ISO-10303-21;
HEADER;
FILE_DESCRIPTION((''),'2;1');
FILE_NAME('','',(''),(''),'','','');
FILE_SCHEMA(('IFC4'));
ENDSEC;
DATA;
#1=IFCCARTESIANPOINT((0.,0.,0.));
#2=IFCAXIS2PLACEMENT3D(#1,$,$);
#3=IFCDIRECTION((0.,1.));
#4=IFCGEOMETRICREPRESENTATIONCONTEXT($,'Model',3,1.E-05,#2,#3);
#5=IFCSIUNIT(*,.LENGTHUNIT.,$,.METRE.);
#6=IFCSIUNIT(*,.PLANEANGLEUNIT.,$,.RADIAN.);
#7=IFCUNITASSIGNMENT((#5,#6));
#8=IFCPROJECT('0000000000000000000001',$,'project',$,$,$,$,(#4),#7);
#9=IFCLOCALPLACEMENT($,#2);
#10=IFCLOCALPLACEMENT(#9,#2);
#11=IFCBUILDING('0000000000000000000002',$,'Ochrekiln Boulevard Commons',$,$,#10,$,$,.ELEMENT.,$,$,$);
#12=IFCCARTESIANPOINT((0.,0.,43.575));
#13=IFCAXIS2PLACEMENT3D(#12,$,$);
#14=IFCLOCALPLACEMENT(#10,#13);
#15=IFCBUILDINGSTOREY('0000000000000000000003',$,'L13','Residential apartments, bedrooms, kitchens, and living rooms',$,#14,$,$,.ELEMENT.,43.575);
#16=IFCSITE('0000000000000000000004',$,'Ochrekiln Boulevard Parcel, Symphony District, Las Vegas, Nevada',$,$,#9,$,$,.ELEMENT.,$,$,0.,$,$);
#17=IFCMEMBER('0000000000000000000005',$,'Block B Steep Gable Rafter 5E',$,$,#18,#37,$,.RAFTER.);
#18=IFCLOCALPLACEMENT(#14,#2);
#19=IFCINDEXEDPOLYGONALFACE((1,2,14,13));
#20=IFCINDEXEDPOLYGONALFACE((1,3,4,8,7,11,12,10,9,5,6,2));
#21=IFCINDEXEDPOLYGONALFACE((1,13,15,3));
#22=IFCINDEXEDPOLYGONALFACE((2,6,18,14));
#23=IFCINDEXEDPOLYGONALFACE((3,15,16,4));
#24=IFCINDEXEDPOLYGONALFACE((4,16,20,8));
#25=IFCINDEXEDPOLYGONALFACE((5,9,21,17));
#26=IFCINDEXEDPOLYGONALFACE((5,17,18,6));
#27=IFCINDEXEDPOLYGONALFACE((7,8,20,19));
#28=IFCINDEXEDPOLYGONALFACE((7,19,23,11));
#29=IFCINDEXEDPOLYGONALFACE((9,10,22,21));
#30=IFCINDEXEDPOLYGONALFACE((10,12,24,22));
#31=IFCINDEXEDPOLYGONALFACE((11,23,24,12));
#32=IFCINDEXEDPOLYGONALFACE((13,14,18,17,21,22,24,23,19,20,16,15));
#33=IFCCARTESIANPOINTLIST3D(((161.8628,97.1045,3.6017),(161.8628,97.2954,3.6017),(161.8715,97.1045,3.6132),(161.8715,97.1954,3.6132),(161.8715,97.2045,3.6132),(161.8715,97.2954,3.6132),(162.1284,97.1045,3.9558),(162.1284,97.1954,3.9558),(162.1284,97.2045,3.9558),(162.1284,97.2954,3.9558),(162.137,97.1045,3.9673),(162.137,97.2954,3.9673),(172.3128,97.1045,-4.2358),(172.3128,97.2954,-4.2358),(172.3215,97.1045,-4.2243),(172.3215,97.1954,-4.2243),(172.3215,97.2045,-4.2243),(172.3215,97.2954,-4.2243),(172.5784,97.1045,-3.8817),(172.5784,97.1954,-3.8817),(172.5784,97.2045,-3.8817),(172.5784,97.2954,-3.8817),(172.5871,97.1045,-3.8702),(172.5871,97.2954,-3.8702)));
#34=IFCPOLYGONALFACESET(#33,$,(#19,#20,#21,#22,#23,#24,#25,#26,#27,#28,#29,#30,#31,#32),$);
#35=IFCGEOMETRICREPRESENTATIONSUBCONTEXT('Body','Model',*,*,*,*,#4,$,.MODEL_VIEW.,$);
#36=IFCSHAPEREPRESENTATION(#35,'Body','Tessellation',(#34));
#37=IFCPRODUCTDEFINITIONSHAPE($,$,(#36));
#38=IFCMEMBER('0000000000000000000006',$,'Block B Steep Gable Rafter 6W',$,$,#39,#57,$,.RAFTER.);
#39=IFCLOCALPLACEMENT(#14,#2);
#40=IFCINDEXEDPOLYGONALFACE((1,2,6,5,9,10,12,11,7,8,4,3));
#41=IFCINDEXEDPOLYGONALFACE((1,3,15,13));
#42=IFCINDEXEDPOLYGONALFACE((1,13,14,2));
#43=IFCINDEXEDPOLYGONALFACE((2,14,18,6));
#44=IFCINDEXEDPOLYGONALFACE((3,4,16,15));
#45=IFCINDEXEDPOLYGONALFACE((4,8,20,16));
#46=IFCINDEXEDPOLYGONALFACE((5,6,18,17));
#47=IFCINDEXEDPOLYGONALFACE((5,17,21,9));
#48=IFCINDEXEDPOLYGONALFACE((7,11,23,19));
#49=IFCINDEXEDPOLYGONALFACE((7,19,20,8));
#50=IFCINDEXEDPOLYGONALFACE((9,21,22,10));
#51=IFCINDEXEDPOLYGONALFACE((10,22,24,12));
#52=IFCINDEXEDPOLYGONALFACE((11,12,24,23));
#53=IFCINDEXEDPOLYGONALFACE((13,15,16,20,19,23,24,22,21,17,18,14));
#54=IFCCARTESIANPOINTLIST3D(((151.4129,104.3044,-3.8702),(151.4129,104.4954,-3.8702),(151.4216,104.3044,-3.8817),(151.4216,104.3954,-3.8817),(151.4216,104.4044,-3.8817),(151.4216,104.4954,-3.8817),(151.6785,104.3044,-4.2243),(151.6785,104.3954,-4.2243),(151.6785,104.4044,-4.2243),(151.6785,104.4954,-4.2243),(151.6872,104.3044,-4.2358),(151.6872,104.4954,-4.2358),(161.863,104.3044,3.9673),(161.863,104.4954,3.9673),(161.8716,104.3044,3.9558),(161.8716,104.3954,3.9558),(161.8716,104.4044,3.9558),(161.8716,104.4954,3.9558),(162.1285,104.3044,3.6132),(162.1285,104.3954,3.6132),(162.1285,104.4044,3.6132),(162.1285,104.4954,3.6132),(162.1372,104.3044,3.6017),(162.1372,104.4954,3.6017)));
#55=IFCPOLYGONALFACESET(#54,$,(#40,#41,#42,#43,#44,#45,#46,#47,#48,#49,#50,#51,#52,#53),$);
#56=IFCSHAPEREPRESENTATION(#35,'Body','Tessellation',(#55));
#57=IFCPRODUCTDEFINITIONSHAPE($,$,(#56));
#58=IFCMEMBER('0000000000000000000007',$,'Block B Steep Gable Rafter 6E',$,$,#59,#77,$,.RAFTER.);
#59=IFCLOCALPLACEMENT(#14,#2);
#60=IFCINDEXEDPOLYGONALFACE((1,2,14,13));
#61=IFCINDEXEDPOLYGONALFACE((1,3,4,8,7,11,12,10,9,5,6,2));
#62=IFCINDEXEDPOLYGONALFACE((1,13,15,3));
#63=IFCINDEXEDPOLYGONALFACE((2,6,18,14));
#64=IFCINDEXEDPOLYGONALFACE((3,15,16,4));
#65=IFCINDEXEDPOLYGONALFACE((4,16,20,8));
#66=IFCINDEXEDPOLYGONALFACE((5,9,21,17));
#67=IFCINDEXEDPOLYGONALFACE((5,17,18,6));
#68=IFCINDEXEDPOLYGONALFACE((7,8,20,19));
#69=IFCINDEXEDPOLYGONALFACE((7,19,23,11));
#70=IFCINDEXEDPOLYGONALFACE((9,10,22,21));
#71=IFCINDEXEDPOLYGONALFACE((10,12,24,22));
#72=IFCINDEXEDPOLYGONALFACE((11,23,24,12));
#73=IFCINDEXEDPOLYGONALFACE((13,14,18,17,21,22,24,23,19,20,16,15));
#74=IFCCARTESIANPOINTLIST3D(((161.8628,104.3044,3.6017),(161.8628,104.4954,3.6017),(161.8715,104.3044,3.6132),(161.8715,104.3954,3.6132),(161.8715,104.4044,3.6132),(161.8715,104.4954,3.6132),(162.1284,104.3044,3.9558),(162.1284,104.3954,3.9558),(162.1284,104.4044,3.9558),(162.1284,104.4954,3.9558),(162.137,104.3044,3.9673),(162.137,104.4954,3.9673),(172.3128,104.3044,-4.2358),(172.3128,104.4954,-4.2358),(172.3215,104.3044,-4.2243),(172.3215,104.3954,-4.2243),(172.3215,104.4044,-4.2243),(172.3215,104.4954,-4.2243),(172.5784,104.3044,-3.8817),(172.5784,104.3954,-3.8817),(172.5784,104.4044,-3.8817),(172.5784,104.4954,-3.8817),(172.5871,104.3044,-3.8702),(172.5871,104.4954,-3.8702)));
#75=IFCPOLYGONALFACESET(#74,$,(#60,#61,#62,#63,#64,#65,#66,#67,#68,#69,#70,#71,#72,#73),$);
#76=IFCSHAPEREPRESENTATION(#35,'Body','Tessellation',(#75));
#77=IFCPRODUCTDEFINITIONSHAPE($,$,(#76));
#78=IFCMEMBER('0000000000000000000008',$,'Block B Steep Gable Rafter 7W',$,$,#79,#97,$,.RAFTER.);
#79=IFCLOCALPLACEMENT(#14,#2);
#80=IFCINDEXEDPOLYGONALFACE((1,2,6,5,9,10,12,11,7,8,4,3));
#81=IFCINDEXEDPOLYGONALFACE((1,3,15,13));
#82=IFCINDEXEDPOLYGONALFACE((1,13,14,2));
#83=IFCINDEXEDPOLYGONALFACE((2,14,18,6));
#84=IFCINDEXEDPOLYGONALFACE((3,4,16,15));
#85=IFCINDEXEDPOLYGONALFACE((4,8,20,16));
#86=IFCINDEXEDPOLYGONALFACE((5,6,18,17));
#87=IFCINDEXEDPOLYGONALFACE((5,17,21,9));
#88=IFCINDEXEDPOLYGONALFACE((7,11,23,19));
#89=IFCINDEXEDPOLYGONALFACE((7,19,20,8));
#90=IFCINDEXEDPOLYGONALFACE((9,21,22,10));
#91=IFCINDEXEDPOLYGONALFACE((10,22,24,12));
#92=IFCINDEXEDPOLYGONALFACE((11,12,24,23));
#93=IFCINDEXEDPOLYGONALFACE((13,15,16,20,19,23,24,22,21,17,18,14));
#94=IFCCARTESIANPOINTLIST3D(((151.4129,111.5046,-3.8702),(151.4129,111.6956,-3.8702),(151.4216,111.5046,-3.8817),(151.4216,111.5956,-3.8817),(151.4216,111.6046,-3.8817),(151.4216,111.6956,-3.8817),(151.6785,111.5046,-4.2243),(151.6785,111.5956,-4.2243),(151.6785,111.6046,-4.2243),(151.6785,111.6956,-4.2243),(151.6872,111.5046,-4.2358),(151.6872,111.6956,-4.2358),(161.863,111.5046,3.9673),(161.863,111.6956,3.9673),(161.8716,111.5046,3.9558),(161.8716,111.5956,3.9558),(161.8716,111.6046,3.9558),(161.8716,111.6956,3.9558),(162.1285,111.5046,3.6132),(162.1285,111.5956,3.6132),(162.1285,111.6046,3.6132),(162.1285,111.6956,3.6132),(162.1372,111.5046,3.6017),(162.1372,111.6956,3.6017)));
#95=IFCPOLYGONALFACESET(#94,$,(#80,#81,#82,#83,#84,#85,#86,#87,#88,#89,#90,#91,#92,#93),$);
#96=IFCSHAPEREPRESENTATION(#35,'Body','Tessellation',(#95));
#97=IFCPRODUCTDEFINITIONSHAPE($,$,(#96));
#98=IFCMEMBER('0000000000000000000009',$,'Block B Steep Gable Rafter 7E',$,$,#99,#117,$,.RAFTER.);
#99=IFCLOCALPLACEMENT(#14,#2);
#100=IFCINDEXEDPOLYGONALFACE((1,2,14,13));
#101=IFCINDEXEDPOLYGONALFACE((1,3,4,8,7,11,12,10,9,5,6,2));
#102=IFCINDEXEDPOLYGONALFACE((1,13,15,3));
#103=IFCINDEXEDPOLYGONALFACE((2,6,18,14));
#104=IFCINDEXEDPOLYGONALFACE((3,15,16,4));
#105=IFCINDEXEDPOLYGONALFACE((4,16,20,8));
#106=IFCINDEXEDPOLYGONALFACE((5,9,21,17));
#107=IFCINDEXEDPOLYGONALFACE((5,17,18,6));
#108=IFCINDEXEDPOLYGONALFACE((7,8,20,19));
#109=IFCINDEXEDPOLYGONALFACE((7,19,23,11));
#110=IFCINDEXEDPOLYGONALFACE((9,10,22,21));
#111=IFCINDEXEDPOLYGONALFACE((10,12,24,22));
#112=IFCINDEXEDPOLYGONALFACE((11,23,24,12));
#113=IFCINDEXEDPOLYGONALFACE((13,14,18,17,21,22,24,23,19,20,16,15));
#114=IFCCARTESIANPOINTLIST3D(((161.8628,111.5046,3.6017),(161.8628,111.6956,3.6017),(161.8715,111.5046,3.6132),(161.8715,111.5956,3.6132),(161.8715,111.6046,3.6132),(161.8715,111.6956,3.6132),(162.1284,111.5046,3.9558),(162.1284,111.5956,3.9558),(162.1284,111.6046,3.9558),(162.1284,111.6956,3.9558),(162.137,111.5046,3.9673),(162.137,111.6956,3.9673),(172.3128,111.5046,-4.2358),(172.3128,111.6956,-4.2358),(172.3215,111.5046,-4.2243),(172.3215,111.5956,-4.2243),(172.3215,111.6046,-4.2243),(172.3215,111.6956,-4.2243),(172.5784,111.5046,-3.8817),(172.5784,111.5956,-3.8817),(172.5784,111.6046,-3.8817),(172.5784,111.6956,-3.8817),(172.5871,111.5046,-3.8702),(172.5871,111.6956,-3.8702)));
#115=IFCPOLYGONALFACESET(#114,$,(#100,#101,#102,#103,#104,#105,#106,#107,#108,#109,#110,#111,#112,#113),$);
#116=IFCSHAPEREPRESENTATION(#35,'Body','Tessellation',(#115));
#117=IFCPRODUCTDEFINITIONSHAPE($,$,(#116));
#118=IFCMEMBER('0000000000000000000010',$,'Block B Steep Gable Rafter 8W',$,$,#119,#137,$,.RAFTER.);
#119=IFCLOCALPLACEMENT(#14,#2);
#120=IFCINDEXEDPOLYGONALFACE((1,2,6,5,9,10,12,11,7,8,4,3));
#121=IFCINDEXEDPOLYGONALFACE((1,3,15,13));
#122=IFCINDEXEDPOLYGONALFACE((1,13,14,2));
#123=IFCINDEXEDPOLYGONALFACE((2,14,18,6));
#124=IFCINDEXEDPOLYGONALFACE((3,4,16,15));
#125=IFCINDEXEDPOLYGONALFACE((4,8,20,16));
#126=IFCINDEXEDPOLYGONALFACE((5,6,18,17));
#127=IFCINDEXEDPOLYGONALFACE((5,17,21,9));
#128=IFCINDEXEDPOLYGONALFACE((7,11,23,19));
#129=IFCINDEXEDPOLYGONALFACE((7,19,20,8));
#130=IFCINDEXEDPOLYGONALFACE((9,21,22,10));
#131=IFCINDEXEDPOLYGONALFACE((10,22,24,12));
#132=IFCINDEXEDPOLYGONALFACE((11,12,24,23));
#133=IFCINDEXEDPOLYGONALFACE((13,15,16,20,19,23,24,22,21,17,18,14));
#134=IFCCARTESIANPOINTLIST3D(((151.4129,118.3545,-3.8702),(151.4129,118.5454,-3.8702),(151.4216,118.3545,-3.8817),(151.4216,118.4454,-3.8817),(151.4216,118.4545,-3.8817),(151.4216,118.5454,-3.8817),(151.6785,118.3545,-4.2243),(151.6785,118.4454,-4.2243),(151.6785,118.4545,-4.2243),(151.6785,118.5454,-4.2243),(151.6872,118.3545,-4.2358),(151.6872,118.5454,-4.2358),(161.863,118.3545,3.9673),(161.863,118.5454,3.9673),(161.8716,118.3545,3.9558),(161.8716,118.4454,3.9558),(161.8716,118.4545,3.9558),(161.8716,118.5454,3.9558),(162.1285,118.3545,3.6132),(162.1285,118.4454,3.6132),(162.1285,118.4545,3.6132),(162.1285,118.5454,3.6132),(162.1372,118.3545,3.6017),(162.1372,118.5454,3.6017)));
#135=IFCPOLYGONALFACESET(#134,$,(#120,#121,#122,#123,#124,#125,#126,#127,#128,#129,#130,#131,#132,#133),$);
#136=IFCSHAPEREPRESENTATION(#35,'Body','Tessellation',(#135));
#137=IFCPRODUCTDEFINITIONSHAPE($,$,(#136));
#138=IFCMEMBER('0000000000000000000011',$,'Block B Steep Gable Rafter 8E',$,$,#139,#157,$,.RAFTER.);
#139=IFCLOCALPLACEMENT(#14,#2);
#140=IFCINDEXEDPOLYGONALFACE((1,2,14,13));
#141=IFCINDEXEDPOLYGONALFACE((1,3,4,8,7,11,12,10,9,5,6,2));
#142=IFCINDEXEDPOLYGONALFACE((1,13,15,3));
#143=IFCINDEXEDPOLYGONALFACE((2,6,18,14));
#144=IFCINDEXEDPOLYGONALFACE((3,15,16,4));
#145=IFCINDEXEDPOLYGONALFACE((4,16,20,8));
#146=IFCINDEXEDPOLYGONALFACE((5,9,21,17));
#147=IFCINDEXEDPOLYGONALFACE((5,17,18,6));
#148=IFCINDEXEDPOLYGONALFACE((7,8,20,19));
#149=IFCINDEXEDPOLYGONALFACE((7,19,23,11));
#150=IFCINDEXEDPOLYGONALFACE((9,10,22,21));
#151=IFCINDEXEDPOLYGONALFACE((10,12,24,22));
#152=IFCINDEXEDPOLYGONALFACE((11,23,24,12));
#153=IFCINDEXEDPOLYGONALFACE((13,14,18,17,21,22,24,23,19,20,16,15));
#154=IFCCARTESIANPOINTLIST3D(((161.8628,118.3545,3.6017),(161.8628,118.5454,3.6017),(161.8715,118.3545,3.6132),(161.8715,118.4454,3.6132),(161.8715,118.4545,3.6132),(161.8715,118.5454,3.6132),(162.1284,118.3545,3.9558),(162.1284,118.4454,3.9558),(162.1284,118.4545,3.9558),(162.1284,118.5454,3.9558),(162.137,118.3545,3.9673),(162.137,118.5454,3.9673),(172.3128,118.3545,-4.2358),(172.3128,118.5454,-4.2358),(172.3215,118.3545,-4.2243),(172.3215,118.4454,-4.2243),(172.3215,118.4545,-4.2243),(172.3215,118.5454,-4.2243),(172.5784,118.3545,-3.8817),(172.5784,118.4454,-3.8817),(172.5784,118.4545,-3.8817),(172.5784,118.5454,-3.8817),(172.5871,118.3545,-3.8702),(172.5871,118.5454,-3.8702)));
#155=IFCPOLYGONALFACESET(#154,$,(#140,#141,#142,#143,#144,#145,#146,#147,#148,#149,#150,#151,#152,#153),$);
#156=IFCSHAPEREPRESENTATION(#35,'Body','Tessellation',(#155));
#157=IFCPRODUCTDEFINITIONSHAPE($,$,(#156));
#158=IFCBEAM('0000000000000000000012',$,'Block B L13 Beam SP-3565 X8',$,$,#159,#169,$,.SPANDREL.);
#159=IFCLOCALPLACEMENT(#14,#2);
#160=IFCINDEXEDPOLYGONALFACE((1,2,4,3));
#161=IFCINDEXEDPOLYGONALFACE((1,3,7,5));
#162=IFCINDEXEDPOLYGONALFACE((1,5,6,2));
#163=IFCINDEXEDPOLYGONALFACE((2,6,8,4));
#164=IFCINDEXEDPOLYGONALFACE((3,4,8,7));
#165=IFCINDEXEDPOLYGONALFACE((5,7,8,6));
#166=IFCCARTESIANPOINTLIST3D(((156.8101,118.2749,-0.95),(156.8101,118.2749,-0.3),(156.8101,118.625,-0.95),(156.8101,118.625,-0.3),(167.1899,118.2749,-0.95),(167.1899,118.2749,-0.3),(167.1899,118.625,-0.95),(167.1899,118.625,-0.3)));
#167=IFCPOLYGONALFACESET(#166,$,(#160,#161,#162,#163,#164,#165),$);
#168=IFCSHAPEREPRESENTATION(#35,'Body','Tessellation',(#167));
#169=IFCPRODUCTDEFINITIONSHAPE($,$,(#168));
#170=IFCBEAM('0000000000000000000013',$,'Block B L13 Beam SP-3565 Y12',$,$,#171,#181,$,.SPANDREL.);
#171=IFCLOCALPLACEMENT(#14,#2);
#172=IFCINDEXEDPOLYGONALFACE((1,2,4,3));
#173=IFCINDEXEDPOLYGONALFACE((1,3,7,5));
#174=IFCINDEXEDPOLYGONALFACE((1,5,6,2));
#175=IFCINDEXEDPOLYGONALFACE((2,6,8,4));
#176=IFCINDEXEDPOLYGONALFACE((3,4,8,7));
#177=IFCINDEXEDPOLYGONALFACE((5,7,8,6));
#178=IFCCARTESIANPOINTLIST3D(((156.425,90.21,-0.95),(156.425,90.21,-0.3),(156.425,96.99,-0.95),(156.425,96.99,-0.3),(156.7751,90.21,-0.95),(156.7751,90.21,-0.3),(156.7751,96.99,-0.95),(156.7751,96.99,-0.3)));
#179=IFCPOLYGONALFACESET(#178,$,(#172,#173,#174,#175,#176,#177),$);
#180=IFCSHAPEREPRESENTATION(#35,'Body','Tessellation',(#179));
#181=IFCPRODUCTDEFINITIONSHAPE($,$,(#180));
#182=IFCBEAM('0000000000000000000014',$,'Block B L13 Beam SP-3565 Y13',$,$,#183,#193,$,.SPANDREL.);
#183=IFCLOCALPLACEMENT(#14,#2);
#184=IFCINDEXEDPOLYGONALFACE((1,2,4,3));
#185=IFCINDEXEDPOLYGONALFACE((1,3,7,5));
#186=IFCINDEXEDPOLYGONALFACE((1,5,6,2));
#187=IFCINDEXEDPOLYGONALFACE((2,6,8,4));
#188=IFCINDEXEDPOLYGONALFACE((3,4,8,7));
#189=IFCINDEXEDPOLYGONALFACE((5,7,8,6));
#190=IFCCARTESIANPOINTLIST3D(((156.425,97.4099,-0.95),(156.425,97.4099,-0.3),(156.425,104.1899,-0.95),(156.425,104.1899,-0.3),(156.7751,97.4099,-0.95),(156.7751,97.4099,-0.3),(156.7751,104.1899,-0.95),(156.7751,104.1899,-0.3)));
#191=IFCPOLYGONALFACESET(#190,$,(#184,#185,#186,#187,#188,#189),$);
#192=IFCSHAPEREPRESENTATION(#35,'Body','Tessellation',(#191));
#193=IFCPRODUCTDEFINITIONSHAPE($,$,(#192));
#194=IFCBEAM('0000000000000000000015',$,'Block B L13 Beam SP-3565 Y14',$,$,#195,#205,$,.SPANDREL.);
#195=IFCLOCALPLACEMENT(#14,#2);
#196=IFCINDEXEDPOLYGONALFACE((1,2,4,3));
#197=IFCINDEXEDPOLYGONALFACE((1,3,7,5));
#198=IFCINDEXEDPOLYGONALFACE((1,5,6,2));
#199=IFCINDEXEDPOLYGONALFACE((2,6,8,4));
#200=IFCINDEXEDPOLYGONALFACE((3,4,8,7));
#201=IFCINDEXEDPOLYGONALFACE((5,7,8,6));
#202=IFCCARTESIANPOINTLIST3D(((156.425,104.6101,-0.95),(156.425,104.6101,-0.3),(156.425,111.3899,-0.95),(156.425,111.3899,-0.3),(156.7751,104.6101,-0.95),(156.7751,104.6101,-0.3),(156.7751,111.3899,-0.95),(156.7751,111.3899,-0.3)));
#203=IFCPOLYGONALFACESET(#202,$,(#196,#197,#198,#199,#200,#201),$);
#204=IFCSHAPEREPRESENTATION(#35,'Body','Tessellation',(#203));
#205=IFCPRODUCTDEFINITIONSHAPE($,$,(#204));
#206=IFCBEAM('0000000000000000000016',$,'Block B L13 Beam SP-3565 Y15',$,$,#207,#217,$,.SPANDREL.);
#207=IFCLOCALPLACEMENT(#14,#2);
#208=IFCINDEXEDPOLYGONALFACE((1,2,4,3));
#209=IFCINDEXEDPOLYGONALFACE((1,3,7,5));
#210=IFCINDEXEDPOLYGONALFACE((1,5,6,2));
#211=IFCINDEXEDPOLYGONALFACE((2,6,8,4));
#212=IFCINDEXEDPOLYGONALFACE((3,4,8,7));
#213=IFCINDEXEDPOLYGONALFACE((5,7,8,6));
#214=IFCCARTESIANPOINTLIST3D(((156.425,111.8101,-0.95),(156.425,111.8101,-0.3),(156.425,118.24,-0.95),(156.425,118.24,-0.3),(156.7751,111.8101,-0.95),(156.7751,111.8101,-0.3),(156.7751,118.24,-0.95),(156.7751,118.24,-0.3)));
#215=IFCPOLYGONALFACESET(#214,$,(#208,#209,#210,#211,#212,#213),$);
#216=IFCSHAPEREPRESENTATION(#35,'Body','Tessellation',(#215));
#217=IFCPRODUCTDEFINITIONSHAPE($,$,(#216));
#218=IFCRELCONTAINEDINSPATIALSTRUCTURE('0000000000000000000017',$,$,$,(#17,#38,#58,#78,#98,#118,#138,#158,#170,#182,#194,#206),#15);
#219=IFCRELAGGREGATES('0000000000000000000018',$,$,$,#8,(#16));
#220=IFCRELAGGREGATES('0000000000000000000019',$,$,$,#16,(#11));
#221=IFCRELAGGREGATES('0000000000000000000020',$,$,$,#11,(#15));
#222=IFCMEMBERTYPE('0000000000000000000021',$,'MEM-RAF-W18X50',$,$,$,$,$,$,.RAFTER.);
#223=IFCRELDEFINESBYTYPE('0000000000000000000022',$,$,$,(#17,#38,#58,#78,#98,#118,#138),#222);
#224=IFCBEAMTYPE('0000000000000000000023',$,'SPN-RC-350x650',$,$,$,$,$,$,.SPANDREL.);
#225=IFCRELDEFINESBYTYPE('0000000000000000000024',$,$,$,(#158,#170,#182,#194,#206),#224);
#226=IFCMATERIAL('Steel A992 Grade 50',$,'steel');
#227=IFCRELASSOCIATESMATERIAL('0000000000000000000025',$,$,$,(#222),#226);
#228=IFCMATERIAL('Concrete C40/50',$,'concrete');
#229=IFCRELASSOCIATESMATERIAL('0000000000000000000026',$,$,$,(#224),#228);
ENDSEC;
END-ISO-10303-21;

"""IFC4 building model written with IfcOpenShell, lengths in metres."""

from ifc_helpers import new_model, si_unit, direction, frame, origin, origin_2d, place, context, subcontext, project, spatial, rectangle, i_section, extrude, material, material_profile, profile_set, type_object, element, save


model = new_model("IFC4")

# Units and contexts
model_context = context("Model", 3, precision=1e-05, world=origin(), true_north=direction((0.0, 1.0)))
body_context = subcontext(model_context, "Body", "Model", "MODEL_VIEW")
ifc_project = project(units=[si_unit("LENGTHUNIT", "METRE"), si_unit("PLANEANGLEUNIT", "RADIAN")], contexts=[model_context])

# Site, building, storey
site_placement = place(None, origin())
site = spatial("IfcSite", under=ifc_project, at=site_placement, Name="Ochrekiln Boulevard Parcel, Symphony District, Las Vegas, Nevada", CompositionType="ELEMENT", RefElevation=0.0)
building_placement = place(site_placement, origin())
building = spatial("IfcBuilding", under=site, at=building_placement, Name="Ochrekiln Boulevard Commons", CompositionType="ELEMENT")
storey_placement = place(building_placement, frame((0.0, 0.0, 43.575)))
storey = spatial("IfcBuildingStorey", under=building, at=storey_placement, Name="L13", Description="Residential apartments, bedrooms, kitchens, and living rooms", CompositionType="ELEMENT", Elevation=43.575)

# Shared definitions
ifc_material_1 = material(Name="Concrete C40/50", Category="concrete")

# Members
ifc_material_2 = material(Name="Steel A992 Grade 50", Category="steel")
ifc_material_profile_1 = material_profile(ifc_material_2, i_section(OverallWidth=0.1909, OverallDepth=0.457, WebThickness=0.009, FlangeThickness=0.0144, at=origin_2d()), Name="W18X50")
ifc_profile_set_1 = profile_set([ifc_material_profile_1], Name="Steel A992 Grade 50")
member_type_1 = type_object("IfcMemberType", Name="MEM-RAF-W18X50", PredefinedType="RAFTER", material=ifc_profile_set_1)
for number, where, z_axis, x_axis, name in (
    (1, (172.45, 97.2, -4.053), (-0.800002, 0.0, 0.599997), (0.0, -1.0, 0.0), "Block B Steep Gable Rafter 5E"),
    (2, (151.55, 104.3999, -4.053), (0.800002, 0.0, 0.599997), (0.0, 1.0, 0.0), "Block B Steep Gable Rafter 6W"),
    (3, (172.45, 104.3999, -4.053), (-0.800002, 0.0, 0.599997), (0.0, -1.0, 0.0), "Block B Steep Gable Rafter 6E"),
    (4, (151.55, 111.6001, -4.053), (0.800002, 0.0, 0.599997), (0.0, 1.0, 0.0), "Block B Steep Gable Rafter 7W"),
    (5, (172.45, 111.6001, -4.053), (-0.800002, 0.0, 0.599997), (0.0, -1.0, 0.0), "Block B Steep Gable Rafter 7E"),
    (6, (151.55, 118.45, -4.053), (0.800002, 0.0, 0.599997), (0.0, 1.0, 0.0), "Block B Steep Gable Rafter 8W"),
    (7, (172.45, 118.45, -4.053), (-0.800002, 0.0, 0.599997), (0.0, -1.0, 0.0), "Block B Steep Gable Rafter 8E"),
):
    element("IfcMember", number, at=place(storey_placement, frame(where, z_axis=z_axis, x_axis=x_axis)), inside=storey, type_object=member_type_1, Name=name, PredefinedType="RAFTER", context=body_context, shape_type="SweptSolid", body=[
        extrude(i_section(OverallWidth=0.1909, OverallDepth=0.457, WebThickness=0.009, FlangeThickness=0.0144, at=origin_2d()), origin(), (0.0, 0.0, 1.0), 13.0625),
    ])

# Beams
ifc_material_profile_2 = material_profile(ifc_material_1, rectangle(XDim=0.3501, YDim=0.6499, at=origin_2d()), Name="RC-SPN-350x650")
ifc_profile_set_2 = profile_set([ifc_material_profile_2], Name="Concrete C40/50")
beam_type_1 = type_object("IfcBeamType", Name="SPN-RC-350x650", PredefinedType="SPANDREL", material=ifc_profile_set_2)
beam_1_placement = place(storey_placement, frame((156.8101, 118.45, -0.625), z_axis=(1.0, 0.0, 0.0), x_axis=(0.0, 1.0, 0.0)))
element("IfcBeam", 8, at=beam_1_placement, inside=storey, type_object=beam_type_1, Name="Block B L13 Beam SP-3565 X8", PredefinedType="SPANDREL", context=body_context, shape_type="SweptSolid", body=[
    extrude(rectangle(XDim=0.3501, YDim=0.6499, at=origin_2d()), origin(), (0.0, 0.0, 1.0), 10.3799),
])
for number, where, z_axis, x_axis, name in (
    (9, (156.6001, 90.21, -0.625), (0.0, 1.0, 0.0), (-1.0, 0.0, 0.0), "Block B L13 Beam SP-3565 Y12"),
    (10, (156.6001, 97.4099, -0.625), (0.0, 1.0, 0.0), (-1.0, 0.0, 0.0), "Block B L13 Beam SP-3565 Y13"),
):
    element("IfcBeam", number, at=place(storey_placement, frame(where, z_axis=z_axis, x_axis=x_axis)), inside=storey, type_object=beam_type_1, Name=name, PredefinedType="SPANDREL", context=body_context, shape_type="SweptSolid", body=[
        extrude(rectangle(XDim=0.3501, YDim=0.6499, at=origin_2d()), origin(), (0.0, 0.0, 1.0), 6.78),
    ])
beam_2_placement = place(storey_placement, frame((156.6001, 104.6101, -0.625), z_axis=(0.0, 1.0, 0.0), x_axis=(-1.0, 0.0, 0.0)))
element("IfcBeam", 11, at=beam_2_placement, inside=storey, type_object=beam_type_1, Name="Block B L13 Beam SP-3565 Y14", PredefinedType="SPANDREL", context=body_context, shape_type="SweptSolid", body=[
    extrude(rectangle(XDim=0.3501, YDim=0.6499, at=origin_2d()), origin(), (0.0, 0.0, 1.0), 6.7798),
])
beam_3_placement = place(storey_placement, frame((156.6001, 111.8101, -0.625), z_axis=(0.0, 1.0, 0.0), x_axis=(-1.0, 0.0, 0.0)))
element("IfcBeam", 12, at=beam_3_placement, inside=storey, type_object=beam_type_1, Name="Block B L13 Beam SP-3565 Y15", PredefinedType="SPANDREL", context=body_context, shape_type="SweptSolid", body=[
    extrude(rectangle(XDim=0.3501, YDim=0.6499, at=origin_2d()), origin(), (0.0, 0.0, 1.0), 6.4299),
])

save(model, "model.ifc")
